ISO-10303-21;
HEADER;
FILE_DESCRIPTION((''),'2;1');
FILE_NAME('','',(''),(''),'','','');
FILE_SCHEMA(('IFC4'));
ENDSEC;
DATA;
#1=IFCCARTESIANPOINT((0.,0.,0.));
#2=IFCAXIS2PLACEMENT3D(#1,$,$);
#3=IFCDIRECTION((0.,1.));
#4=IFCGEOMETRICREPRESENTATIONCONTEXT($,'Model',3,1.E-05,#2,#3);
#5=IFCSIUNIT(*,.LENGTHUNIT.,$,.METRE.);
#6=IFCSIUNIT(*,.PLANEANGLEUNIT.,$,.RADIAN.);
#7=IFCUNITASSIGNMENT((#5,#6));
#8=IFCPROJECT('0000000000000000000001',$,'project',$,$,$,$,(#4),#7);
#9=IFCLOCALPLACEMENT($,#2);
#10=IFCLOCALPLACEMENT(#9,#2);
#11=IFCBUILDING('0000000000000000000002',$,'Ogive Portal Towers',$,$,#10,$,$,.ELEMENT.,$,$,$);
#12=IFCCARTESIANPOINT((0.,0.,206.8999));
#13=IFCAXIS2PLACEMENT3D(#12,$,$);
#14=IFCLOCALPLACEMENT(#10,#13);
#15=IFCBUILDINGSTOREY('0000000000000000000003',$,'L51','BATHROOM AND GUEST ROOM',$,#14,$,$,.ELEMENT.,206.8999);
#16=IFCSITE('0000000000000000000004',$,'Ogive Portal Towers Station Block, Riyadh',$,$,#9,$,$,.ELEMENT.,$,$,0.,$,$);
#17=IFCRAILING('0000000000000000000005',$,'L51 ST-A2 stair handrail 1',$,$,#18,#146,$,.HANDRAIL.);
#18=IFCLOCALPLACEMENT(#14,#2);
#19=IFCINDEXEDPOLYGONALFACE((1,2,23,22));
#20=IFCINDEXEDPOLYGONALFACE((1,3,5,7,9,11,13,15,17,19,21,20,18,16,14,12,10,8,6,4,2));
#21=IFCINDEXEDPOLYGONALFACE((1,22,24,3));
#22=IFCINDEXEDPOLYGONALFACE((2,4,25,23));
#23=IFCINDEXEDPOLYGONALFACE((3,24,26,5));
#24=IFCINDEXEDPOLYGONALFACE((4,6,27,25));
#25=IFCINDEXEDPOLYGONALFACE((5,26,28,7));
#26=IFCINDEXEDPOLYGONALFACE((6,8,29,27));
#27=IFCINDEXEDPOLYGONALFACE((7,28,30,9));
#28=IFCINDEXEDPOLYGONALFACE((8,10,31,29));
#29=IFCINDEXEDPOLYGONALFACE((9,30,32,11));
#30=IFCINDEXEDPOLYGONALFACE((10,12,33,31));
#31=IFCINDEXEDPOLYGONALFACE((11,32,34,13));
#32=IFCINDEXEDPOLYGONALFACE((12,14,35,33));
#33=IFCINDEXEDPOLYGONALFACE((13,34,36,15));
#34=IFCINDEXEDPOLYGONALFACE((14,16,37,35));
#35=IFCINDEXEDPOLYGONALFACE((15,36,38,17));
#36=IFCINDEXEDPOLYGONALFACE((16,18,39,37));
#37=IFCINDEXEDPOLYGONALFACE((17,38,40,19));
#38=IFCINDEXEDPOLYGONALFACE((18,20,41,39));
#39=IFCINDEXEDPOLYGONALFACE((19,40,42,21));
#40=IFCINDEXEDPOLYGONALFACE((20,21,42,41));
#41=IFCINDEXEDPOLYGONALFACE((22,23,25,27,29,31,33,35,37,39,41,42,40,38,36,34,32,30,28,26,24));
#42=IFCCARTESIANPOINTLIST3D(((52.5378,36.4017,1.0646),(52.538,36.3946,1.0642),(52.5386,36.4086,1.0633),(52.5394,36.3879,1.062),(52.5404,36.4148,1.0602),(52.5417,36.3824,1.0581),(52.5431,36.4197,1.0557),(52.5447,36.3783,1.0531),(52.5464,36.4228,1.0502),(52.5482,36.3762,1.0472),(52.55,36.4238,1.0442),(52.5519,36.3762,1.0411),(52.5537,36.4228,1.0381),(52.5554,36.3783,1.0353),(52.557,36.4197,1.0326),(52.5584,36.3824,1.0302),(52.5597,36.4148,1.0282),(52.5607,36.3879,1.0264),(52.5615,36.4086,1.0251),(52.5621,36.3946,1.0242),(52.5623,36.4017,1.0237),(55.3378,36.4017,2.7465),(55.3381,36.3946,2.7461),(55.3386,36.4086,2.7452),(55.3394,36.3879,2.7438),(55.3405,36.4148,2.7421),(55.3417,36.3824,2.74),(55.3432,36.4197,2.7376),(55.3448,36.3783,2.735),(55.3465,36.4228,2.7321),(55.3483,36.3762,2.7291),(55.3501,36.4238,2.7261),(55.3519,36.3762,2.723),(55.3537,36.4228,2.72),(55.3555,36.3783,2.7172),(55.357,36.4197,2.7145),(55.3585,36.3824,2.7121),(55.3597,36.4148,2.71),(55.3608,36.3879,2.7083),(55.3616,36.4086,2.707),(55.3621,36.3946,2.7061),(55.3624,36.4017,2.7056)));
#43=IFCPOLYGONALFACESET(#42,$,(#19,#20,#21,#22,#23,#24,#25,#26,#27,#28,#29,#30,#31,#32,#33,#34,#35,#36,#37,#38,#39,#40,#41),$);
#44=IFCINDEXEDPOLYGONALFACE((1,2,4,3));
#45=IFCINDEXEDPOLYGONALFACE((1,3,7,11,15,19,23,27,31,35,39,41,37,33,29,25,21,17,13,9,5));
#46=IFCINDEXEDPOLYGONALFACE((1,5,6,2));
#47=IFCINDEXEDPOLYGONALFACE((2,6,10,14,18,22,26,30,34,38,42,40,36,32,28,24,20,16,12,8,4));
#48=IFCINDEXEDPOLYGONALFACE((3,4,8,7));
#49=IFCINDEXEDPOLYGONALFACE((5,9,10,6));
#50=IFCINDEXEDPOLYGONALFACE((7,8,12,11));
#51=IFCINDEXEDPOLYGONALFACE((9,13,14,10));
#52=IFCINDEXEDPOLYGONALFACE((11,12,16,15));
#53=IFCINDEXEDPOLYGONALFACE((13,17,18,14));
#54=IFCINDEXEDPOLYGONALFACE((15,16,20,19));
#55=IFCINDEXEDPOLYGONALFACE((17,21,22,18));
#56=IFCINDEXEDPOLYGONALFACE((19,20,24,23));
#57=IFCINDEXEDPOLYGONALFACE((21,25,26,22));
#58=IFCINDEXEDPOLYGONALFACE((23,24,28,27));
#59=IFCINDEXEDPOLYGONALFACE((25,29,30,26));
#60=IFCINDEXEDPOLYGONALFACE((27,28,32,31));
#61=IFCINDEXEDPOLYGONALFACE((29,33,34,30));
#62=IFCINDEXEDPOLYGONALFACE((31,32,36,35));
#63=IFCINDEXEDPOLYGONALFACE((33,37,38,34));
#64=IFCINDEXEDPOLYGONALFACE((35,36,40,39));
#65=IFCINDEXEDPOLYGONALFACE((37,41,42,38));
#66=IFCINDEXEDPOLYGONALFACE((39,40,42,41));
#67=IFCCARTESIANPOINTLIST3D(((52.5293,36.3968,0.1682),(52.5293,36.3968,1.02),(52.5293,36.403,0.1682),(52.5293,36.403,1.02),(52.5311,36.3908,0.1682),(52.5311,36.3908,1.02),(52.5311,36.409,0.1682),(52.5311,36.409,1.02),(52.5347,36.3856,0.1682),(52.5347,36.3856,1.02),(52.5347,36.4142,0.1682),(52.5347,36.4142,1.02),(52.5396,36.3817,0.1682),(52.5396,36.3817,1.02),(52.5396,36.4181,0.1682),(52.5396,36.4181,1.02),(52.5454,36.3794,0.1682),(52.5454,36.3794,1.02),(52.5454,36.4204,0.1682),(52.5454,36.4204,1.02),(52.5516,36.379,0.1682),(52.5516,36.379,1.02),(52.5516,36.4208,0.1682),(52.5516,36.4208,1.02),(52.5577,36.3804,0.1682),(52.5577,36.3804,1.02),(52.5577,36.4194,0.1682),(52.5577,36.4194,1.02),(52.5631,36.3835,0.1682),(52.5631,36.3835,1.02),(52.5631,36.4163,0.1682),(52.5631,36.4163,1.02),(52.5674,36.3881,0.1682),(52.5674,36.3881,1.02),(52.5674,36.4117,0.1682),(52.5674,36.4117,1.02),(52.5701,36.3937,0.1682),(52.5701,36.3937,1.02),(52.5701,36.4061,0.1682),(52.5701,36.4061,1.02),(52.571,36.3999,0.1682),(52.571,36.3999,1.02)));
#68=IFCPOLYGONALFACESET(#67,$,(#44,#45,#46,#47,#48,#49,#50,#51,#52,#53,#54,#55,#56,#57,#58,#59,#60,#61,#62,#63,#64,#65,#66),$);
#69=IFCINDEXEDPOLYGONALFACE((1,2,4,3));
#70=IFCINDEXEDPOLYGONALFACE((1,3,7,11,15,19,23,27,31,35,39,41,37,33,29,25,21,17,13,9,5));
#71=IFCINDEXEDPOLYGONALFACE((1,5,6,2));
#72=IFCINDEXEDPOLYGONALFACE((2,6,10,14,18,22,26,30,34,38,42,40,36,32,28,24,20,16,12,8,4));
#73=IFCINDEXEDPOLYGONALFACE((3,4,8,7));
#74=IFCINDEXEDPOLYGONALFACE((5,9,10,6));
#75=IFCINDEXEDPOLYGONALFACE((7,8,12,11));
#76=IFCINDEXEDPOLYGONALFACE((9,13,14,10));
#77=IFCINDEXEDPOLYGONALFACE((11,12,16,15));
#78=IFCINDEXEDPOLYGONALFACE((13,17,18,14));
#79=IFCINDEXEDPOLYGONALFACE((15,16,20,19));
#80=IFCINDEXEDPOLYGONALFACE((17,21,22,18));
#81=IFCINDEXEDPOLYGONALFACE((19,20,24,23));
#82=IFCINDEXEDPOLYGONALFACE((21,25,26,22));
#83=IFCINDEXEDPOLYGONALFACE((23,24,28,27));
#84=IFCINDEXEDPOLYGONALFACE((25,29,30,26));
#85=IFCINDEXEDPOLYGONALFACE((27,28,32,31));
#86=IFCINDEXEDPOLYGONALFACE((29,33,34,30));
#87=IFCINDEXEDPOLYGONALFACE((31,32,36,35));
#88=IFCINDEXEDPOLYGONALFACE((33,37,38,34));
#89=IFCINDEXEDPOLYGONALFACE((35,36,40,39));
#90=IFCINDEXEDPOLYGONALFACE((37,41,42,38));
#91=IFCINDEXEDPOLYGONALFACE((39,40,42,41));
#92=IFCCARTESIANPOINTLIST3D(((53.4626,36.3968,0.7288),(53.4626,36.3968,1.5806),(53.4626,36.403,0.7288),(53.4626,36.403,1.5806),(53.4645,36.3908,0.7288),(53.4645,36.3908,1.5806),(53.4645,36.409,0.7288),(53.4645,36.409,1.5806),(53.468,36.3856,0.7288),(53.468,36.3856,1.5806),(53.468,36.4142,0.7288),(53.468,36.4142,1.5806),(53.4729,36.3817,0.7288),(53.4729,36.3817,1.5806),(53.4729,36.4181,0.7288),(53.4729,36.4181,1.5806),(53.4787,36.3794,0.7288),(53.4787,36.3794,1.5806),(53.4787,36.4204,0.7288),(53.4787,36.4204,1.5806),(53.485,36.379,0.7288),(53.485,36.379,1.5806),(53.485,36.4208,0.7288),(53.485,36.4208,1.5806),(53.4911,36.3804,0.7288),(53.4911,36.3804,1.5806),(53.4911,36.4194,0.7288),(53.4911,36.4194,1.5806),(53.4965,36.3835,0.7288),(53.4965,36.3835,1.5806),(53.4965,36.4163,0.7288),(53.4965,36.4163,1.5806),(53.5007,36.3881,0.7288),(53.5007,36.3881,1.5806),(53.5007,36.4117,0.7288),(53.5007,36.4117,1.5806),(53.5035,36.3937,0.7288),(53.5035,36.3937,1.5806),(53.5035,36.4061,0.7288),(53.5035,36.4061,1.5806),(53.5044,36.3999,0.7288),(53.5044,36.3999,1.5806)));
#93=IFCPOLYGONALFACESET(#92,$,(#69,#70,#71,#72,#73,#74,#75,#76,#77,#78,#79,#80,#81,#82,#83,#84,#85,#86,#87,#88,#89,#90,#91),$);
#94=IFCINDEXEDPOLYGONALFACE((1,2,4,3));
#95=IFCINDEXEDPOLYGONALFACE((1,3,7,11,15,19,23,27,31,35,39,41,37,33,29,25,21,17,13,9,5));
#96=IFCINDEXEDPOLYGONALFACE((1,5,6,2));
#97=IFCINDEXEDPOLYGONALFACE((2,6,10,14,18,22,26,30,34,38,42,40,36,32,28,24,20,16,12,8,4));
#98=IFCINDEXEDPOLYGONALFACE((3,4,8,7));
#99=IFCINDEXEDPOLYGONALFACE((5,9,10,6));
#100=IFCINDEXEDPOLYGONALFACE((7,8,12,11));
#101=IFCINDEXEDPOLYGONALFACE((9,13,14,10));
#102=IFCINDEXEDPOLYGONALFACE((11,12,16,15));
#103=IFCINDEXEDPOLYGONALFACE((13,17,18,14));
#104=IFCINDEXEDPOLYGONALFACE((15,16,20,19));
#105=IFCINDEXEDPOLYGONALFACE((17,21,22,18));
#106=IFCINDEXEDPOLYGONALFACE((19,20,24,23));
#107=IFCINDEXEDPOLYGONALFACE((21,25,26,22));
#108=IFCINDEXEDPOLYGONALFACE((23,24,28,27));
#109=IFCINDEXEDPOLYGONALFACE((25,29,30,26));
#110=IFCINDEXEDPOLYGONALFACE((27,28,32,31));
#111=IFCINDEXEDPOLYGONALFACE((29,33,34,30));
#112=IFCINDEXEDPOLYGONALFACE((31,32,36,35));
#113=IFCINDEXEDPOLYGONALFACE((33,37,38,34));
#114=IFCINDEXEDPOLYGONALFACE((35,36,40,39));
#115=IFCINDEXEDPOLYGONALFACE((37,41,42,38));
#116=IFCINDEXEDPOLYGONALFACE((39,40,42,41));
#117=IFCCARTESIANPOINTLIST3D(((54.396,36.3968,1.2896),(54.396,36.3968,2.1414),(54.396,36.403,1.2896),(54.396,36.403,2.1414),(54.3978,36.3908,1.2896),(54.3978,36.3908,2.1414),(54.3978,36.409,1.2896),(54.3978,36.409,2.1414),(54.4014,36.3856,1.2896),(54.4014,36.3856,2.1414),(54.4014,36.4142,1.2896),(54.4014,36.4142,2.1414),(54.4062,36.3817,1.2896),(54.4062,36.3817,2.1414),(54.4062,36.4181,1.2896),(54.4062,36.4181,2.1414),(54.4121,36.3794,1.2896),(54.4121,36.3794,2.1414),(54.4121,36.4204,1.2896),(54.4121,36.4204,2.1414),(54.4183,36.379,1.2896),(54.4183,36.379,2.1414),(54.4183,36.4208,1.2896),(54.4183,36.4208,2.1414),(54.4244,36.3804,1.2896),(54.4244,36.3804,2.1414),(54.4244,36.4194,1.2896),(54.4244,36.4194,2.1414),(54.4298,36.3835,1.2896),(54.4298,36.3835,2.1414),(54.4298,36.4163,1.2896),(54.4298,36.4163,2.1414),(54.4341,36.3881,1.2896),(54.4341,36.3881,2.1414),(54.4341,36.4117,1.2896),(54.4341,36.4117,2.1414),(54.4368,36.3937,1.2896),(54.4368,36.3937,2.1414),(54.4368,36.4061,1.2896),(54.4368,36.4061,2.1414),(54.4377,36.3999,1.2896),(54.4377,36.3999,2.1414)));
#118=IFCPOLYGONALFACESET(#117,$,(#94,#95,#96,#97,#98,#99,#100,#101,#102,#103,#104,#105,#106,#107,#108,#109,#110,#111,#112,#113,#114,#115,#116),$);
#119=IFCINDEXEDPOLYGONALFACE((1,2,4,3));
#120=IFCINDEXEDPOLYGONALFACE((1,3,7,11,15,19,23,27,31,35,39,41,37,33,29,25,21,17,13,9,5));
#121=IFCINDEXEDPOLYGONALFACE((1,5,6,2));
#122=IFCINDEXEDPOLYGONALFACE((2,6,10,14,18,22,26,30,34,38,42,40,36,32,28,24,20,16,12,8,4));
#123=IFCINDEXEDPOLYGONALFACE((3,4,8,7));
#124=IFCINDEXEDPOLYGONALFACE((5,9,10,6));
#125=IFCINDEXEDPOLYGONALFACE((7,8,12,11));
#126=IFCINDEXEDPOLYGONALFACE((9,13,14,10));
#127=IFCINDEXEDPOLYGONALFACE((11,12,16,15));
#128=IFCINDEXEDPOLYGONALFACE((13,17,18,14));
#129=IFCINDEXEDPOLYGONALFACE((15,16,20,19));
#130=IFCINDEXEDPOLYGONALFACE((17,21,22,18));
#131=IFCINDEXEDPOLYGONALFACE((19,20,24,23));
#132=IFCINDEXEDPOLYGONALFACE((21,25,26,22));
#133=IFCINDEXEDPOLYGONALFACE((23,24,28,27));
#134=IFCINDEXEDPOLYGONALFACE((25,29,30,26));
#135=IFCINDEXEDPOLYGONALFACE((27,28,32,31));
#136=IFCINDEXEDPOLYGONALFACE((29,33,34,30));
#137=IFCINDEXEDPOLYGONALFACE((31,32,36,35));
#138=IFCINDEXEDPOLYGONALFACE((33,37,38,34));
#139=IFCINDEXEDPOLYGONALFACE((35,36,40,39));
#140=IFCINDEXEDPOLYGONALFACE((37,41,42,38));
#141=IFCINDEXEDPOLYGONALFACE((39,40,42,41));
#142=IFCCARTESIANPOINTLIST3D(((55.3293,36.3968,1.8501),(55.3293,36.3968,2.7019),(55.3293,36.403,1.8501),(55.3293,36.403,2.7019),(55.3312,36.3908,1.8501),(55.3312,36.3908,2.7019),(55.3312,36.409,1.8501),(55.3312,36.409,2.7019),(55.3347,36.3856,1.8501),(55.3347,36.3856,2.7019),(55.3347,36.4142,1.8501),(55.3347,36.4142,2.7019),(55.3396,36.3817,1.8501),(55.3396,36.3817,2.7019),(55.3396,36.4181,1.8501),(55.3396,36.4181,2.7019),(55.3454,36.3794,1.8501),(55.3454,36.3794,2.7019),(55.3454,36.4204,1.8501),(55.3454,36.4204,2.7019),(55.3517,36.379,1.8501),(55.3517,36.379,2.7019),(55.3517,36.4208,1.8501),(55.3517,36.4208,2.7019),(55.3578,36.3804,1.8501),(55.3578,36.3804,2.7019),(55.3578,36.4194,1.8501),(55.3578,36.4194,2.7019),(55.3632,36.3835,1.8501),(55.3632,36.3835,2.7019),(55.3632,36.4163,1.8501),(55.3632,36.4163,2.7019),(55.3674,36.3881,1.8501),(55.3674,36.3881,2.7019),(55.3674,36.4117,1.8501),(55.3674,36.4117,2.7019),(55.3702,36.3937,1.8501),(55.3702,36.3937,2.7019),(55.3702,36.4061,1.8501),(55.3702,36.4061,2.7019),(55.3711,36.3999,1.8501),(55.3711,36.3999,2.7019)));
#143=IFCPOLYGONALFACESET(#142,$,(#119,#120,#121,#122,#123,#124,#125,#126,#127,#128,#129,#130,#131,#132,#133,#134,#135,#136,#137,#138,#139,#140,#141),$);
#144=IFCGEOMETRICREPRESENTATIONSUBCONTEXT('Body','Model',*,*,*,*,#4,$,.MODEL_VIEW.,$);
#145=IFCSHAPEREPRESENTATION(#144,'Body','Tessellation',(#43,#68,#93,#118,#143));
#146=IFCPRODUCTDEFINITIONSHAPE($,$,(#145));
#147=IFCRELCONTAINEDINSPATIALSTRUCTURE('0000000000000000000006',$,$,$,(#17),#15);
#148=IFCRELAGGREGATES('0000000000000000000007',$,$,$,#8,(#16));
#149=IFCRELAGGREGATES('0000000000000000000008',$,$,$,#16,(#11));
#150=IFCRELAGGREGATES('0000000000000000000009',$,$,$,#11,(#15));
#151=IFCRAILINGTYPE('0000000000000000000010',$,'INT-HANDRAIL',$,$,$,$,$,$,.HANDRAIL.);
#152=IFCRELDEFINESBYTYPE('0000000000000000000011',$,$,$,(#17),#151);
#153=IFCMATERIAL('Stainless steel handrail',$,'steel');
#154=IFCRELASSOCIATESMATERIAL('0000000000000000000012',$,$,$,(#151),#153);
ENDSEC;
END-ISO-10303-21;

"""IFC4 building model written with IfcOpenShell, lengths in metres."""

from ifc_helpers import new_model, si_unit, direction, frame, origin, origin_2d, place, context, subcontext, project, spatial, circle, extrude, material, type_object, element, save


model = new_model("IFC4")

# Units and contexts
model_context = context("Model", 3, precision=1e-05, world=origin(), true_north=direction((0.0, 1.0)))
body_context = subcontext(model_context, "Body", "Model", "MODEL_VIEW")
ifc_project = project(units=[si_unit("LENGTHUNIT", "METRE"), si_unit("PLANEANGLEUNIT", "RADIAN")], contexts=[model_context])

# Site, building, storey
site_placement = place(None, origin())
site = spatial("IfcSite", under=ifc_project, at=site_placement, Name="Ogive Portal Towers Station Block, Riyadh", CompositionType="ELEMENT", RefElevation=0.0)
building_placement = place(site_placement, origin())
building = spatial("IfcBuilding", under=site, at=building_placement, Name="Ogive Portal Towers", CompositionType="ELEMENT")
storey_placement = place(building_placement, frame((0.0, 0.0, 206.8999)))
storey = spatial("IfcBuildingStorey", under=building, at=storey_placement, Name="L51", Description="BATHROOM AND GUEST ROOM", CompositionType="ELEMENT", Elevation=206.8999)

# Railing
ifc_material_1 = material(Name="Stainless steel handrail", Category="steel")
railing_type_1 = type_object("IfcRailingType", Name="INT-HANDRAIL", PredefinedType="HANDRAIL", material=ifc_material_1)
railing_1_placement = place(storey_placement, frame((52.55, 36.3999, 0.1682)))
element("IfcRailing", 1, at=railing_1_placement, inside=storey, type_object=railing_type_1, Name="L51 ST-A2 stair handrail 1", PredefinedType="HANDRAIL", context=body_context, shape_type="SweptSolid", body=[
    extrude(circle(Radius=0.0239, at=origin_2d()), frame((0.0, 0.0, 0.876), z_axis=(0.857242, 0.0, 0.514913), x_axis=(0.0, 1.0, 0.0)), (0.0, 0.0, 1.0), 3.2664),
    extrude(circle(Radius=0.021, at=origin_2d()), origin(), (0.0, 0.0, 1.0), 0.8518),
    extrude(circle(Radius=0.021, at=origin_2d()), frame((0.9333, 0.0, 0.5605)), (0.0, 0.0, 1.0), 0.8518),
    extrude(circle(Radius=0.021, at=origin_2d()), frame((1.8667, 0.0, 1.1213)), (0.0, 0.0, 1.0), 0.8518),
    extrude(circle(Radius=0.021, at=origin_2d()), frame((2.8, 0.0, 1.6819)), (0.0, 0.0, 1.0), 0.8518),
])

save(model, "model.ifc")
